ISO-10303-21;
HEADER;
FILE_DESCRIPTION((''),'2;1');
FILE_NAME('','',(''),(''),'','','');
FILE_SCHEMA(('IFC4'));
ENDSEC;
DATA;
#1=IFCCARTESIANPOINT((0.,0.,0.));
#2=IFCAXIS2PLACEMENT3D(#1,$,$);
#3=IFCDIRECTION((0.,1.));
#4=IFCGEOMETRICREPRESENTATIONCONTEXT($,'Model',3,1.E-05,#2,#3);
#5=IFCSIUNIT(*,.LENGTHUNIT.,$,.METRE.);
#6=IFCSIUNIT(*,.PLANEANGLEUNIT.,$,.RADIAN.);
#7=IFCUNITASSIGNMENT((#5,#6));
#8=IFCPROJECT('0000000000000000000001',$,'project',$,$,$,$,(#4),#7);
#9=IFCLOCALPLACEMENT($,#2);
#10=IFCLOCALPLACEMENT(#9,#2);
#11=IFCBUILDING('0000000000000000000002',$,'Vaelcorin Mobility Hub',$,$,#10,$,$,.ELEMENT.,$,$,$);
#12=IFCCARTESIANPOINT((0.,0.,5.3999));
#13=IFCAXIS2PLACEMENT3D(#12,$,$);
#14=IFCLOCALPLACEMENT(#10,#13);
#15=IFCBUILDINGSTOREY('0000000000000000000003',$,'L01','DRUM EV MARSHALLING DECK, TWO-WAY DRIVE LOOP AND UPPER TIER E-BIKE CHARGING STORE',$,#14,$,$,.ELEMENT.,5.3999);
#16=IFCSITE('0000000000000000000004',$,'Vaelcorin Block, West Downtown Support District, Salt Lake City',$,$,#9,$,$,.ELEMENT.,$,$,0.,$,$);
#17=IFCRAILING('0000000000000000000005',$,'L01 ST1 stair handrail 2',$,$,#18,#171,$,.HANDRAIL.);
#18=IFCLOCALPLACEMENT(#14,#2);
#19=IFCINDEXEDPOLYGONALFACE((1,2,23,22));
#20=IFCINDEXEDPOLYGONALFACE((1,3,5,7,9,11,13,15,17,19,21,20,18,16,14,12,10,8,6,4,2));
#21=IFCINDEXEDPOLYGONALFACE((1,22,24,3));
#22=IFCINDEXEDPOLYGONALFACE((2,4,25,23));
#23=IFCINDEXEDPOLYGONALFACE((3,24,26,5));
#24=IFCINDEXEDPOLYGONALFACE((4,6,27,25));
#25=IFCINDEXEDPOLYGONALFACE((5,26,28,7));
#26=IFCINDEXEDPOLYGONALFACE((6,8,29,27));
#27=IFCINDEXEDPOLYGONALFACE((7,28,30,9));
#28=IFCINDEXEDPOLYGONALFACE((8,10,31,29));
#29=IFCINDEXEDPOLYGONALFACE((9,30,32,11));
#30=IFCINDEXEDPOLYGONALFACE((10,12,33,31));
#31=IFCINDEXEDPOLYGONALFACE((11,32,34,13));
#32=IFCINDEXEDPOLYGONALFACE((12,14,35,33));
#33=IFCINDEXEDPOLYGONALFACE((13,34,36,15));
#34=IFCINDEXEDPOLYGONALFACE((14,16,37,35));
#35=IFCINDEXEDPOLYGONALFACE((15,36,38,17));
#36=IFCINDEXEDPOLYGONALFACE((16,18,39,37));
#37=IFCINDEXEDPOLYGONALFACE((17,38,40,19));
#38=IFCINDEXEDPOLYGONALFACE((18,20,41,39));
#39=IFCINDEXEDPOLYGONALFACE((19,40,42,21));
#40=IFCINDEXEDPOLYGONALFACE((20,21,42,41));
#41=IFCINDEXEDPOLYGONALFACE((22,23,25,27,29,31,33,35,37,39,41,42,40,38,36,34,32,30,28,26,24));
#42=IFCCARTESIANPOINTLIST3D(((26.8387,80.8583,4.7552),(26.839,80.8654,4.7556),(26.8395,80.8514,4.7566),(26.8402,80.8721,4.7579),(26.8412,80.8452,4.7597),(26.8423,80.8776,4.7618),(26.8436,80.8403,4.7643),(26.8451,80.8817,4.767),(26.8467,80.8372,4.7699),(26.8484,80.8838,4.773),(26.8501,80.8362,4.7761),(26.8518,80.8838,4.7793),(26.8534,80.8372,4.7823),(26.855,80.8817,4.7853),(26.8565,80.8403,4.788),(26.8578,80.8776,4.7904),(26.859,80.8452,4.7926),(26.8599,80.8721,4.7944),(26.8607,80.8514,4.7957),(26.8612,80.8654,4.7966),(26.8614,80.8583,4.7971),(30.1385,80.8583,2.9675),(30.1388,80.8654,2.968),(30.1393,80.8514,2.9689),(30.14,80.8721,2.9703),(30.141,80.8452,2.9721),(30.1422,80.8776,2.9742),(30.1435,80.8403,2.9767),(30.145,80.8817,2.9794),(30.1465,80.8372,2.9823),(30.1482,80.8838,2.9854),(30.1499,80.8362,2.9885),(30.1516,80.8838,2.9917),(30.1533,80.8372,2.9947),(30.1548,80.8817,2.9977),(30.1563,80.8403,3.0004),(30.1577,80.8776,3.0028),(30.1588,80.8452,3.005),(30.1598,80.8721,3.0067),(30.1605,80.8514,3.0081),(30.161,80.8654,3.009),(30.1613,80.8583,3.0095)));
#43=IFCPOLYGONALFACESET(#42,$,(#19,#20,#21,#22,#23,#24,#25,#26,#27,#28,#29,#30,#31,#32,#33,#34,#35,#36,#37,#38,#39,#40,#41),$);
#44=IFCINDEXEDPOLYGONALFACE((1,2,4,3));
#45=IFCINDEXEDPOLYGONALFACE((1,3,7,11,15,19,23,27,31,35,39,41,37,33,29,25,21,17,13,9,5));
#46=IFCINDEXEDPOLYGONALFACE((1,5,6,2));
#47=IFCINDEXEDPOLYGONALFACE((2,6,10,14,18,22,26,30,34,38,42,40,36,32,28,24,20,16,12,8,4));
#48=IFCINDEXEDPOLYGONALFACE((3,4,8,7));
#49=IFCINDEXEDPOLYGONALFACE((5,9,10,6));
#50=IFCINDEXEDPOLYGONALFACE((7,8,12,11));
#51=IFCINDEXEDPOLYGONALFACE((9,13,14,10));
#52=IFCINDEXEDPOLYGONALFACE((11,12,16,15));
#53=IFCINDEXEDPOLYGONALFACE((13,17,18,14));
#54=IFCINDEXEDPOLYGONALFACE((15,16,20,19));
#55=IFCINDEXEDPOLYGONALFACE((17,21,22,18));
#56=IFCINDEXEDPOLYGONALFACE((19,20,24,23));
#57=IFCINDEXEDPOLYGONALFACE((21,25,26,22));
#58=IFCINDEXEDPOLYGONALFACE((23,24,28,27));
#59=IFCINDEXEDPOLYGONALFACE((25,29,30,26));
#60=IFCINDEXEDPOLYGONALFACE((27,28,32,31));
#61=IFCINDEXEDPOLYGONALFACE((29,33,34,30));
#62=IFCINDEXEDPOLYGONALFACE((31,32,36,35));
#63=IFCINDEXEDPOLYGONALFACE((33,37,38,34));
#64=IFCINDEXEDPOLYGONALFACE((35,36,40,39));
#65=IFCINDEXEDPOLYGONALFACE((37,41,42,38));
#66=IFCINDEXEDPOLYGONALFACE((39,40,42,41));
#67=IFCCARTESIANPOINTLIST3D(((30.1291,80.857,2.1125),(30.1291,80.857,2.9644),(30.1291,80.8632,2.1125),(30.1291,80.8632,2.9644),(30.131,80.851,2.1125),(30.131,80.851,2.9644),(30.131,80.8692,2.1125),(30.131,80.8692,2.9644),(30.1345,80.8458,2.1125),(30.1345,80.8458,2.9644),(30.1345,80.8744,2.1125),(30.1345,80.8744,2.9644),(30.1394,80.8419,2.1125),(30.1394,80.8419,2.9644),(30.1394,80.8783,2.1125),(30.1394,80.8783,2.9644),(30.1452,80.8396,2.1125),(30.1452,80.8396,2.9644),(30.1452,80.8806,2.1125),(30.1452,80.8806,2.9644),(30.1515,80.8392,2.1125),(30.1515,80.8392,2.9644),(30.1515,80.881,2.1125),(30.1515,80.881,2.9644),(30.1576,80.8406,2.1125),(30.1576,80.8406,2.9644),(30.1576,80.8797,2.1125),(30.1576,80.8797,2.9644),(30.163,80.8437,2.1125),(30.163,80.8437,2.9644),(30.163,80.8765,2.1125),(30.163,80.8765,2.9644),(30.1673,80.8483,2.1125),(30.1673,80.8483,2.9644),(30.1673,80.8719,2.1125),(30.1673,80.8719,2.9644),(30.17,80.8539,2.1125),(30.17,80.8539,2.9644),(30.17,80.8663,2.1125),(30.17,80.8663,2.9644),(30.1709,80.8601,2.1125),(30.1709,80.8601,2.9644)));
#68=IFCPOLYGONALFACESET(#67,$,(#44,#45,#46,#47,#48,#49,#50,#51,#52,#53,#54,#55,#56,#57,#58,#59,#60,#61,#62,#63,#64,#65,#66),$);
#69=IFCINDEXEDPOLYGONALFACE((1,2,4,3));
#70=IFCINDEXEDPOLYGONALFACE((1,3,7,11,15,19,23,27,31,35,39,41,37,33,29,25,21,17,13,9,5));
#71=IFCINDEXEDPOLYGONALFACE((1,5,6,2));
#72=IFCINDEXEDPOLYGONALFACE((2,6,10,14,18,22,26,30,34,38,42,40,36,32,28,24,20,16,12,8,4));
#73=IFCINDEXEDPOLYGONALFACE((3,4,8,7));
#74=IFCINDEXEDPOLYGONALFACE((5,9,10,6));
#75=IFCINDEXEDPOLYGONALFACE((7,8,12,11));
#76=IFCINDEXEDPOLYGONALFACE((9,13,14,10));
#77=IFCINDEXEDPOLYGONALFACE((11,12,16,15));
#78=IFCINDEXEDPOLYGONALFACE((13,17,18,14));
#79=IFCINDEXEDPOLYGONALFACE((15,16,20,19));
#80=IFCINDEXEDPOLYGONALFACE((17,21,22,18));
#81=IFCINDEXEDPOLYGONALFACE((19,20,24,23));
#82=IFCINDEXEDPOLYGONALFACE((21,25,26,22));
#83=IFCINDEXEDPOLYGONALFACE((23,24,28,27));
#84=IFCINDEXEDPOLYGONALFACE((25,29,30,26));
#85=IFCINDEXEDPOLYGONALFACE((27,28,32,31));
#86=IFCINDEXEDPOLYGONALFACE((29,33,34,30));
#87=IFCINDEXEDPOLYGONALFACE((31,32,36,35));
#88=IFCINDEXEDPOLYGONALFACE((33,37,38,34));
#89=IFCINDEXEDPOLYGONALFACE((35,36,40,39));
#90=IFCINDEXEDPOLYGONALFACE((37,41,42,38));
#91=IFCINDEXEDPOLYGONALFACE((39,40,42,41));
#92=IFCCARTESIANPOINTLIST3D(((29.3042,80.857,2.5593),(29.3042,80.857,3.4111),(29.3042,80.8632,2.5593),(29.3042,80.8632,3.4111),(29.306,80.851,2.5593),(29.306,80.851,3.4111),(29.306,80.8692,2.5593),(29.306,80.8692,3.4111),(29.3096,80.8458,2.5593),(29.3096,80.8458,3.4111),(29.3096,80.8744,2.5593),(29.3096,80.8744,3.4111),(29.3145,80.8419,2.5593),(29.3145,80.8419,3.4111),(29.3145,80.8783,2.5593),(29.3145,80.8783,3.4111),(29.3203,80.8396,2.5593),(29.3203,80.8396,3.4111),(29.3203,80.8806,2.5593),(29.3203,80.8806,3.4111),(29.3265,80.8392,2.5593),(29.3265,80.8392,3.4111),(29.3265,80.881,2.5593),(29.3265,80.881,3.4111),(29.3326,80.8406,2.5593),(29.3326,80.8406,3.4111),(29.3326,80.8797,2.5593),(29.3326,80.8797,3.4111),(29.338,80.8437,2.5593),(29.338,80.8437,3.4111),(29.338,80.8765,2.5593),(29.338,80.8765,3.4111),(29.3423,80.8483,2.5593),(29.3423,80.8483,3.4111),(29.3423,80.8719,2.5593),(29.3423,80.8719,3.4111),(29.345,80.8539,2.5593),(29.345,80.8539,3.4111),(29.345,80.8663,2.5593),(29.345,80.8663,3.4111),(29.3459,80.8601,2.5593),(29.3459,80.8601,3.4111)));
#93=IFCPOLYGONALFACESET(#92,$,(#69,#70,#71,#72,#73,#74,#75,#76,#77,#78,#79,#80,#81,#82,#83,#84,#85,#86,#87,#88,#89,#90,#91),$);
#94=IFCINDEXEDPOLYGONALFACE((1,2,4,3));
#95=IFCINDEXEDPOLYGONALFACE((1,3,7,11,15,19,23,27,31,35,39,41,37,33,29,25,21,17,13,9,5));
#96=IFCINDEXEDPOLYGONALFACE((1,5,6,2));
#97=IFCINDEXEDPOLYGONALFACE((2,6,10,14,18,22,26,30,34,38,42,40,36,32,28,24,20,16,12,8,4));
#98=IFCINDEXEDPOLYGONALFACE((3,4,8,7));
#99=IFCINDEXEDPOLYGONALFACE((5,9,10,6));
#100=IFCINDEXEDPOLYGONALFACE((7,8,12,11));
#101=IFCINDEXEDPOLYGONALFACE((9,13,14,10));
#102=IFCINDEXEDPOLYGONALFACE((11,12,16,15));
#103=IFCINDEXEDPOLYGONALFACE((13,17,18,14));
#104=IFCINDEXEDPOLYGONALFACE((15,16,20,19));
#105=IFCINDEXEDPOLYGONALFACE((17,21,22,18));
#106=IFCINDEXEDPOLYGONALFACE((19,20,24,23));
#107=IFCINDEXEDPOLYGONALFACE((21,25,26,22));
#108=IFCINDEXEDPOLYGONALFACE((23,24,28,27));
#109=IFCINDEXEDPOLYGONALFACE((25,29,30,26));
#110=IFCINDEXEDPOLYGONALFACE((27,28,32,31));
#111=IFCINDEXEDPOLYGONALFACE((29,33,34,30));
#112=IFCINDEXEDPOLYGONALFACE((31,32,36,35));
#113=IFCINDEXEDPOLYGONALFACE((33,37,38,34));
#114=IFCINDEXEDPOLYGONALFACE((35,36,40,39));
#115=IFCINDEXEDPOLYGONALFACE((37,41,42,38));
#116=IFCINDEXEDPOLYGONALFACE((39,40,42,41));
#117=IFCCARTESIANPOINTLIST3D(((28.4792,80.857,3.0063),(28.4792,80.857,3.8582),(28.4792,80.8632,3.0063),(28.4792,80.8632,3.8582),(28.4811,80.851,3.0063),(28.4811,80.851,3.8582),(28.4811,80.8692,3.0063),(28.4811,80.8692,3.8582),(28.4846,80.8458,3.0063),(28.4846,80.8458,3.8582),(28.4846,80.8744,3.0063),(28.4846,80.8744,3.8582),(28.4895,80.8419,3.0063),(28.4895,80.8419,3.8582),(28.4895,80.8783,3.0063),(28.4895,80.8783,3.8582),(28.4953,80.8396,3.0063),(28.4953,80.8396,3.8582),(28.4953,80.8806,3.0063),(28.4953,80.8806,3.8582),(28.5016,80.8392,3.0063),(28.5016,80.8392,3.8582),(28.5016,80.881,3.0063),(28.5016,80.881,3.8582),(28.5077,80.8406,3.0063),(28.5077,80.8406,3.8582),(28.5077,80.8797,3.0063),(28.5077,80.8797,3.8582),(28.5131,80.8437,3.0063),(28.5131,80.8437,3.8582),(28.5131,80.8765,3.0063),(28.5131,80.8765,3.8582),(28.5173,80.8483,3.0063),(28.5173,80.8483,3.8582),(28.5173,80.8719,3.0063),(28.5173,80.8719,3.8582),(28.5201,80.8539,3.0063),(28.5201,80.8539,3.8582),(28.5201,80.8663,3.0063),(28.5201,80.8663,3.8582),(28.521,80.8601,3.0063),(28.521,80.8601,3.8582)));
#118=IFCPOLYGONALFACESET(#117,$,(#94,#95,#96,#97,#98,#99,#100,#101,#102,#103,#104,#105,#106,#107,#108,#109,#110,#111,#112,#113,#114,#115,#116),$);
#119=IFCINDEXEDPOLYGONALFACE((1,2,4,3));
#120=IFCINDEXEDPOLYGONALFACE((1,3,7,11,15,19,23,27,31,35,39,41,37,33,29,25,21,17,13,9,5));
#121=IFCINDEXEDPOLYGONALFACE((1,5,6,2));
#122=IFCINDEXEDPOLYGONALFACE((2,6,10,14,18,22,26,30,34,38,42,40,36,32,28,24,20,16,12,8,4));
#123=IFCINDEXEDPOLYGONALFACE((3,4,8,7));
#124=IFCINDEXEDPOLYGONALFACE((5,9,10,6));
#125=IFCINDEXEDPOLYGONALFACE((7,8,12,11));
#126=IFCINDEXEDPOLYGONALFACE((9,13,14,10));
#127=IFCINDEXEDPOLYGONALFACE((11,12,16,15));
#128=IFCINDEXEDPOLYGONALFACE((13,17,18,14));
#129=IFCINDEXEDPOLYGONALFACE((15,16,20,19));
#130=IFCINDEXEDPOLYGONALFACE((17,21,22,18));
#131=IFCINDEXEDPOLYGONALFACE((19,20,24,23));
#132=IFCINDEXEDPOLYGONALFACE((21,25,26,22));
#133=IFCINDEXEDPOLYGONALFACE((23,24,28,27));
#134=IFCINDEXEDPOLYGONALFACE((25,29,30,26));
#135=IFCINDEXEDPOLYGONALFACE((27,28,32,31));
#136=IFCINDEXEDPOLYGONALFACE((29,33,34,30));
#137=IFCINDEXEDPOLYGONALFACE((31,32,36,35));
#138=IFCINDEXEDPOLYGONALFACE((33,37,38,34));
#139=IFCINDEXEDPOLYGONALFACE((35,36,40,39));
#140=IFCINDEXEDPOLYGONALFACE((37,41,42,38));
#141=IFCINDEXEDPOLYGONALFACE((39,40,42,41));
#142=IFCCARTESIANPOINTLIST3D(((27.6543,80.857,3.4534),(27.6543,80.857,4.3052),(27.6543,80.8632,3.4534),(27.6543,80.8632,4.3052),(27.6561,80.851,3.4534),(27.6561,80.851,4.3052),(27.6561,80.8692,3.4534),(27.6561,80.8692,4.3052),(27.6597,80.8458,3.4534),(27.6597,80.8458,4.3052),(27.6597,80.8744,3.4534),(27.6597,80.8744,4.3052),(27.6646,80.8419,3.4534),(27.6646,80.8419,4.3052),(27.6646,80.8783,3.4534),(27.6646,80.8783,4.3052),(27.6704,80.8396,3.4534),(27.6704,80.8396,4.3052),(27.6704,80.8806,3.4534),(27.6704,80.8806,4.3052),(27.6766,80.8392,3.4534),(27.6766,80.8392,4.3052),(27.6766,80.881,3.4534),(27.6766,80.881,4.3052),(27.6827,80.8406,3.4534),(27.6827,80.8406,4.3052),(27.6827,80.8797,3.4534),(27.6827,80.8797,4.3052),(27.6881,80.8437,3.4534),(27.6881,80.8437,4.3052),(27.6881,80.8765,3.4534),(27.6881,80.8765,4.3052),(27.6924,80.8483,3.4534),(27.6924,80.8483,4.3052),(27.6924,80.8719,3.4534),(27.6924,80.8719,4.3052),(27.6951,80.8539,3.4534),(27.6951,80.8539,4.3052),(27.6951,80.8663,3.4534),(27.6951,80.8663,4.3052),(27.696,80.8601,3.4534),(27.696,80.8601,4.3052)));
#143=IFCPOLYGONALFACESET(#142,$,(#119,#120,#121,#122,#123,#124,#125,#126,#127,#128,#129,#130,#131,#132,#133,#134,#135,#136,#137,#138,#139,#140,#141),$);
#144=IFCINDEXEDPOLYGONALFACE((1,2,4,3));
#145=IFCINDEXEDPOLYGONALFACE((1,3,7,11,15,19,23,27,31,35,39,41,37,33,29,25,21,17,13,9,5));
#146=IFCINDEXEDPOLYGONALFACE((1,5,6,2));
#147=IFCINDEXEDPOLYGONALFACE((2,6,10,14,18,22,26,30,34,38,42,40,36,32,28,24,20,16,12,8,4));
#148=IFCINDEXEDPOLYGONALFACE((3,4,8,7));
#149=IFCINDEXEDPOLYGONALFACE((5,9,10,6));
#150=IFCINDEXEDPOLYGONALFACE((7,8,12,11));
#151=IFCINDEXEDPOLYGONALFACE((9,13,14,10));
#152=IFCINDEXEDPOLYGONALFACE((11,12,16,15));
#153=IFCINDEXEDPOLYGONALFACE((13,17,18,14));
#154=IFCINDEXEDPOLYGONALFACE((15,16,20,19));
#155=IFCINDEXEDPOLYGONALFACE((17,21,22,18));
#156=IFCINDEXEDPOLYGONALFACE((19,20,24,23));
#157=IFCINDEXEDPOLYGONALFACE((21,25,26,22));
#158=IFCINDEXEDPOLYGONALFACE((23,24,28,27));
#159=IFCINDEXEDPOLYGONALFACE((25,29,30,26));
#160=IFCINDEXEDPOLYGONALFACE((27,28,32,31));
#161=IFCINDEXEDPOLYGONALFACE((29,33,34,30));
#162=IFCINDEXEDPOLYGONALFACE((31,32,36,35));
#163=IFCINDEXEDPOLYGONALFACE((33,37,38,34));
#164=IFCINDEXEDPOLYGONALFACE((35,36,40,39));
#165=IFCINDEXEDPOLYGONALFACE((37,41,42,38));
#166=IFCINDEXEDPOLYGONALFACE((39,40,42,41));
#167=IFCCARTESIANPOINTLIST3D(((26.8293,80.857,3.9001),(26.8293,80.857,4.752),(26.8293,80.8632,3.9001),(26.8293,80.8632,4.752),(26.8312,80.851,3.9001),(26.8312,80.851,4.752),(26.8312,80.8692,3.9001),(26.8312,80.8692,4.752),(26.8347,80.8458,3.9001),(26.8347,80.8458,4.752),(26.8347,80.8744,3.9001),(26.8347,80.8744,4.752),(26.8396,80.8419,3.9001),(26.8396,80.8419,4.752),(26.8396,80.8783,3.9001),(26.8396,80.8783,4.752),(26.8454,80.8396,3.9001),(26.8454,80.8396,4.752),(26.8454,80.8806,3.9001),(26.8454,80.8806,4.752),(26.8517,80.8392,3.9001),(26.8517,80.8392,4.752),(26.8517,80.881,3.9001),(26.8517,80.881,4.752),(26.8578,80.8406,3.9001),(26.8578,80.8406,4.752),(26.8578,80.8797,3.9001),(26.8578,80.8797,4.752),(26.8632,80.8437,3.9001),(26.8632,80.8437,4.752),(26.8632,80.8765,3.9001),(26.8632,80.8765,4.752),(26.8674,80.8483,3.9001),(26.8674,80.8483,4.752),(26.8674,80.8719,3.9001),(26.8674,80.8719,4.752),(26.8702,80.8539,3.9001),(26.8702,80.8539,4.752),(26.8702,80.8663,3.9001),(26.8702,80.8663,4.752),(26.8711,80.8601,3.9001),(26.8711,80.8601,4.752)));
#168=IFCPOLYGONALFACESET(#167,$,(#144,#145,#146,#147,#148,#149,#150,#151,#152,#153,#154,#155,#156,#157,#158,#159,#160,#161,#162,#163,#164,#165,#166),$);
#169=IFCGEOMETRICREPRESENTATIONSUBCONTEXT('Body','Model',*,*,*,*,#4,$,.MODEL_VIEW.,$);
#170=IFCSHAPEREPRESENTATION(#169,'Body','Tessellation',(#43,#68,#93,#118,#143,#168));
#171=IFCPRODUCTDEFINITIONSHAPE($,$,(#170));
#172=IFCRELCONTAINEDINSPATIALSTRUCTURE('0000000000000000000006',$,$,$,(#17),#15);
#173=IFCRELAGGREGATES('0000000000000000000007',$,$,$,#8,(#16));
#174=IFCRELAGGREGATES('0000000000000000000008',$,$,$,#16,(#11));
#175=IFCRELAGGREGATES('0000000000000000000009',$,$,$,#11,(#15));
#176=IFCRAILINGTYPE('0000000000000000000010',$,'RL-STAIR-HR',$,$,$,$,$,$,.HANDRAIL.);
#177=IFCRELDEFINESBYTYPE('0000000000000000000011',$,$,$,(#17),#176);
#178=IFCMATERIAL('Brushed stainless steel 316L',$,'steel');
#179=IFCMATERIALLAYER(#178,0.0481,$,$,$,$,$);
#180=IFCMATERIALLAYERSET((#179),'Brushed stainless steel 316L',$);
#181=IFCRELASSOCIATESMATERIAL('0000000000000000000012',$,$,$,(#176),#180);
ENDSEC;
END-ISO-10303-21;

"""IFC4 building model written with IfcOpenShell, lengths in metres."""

from ifc_helpers import new_model, si_unit, direction, frame, origin, origin_2d, place, context, subcontext, project, spatial, circle, extrude, material, layer, layer_set, type_object, element, save


model = new_model("IFC4")

# Units and contexts
model_context = context("Model", 3, precision=1e-05, world=origin(), true_north=direction((0.0, 1.0)))
body_context = subcontext(model_context, "Body", "Model", "MODEL_VIEW")
ifc_project = project(units=[si_unit("LENGTHUNIT", "METRE"), si_unit("PLANEANGLEUNIT", "RADIAN")], contexts=[model_context])

# Site, building, storey
site_placement = place(None, origin())
site = spatial("IfcSite", under=ifc_project, at=site_placement, Name="Vaelcorin Block, West Downtown Support District, Salt Lake City", CompositionType="ELEMENT", RefElevation=0.0)
building_placement = place(site_placement, origin())
building = spatial("IfcBuilding", under=site, at=building_placement, Name="Vaelcorin Mobility Hub", CompositionType="ELEMENT")
storey_placement = place(building_placement, frame((0.0, 0.0, 5.3999)))
storey = spatial("IfcBuildingStorey", under=building, at=storey_placement, Name="L01", Description="DRUM EV MARSHALLING DECK, TWO-WAY DRIVE LOOP AND UPPER TIER E-BIKE CHARGING STORE", CompositionType="ELEMENT", Elevation=5.3999)

# Railing
ifc_material_1 = material(Name="Brushed stainless steel 316L", Category="steel")
ifc_layer_1 = layer(ifc_material_1, 0.0481)
ifc_layer_set_1 = layer_set([ifc_layer_1], Name="Brushed stainless steel 316L")
railing_type_1 = type_object("IfcRailingType", Name="RL-STAIR-HR", PredefinedType="HANDRAIL", material=ifc_layer_set_1)
railing_1_placement = place(storey_placement, frame((30.1499, 80.8601, 2.1125)))
element("IfcRailing", 1, at=railing_1_placement, inside=storey, type_object=railing_type_1, Name="L01 ST1 stair handrail 2", PredefinedType="HANDRAIL", context=body_context, shape_type="SweptSolid", body=[
    extrude(circle(Radius=0.0239, at=origin_2d()), frame((0.0, 0.0, 0.876), z_axis=(-0.879269, 0.0, 0.476325), x_axis=(0.0, -1.0, 0.0)), (0.0, 0.0, 1.0), 3.7529),
    extrude(circle(Radius=0.021, at=origin_2d()), origin(), (0.0, 0.0, 1.0), 0.8518),
    extrude(circle(Radius=0.021, at=origin_2d()), frame((-0.825, 0.0, 0.4468)), (0.0, 0.0, 1.0), 0.8518),
    extrude(circle(Radius=0.021, at=origin_2d()), frame((-1.6499, 0.0, 0.8938)), (0.0, 0.0, 1.0), 0.8518),
    extrude(circle(Radius=0.021, at=origin_2d()), frame((-2.4749, 0.0, 1.3408)), (0.0, 0.0, 1.0), 0.8518),
    extrude(circle(Radius=0.021, at=origin_2d()), frame((-3.2998, 0.0, 1.7876)), (0.0, 0.0, 1.0), 0.8518),
])

save(model, "model.ifc")
